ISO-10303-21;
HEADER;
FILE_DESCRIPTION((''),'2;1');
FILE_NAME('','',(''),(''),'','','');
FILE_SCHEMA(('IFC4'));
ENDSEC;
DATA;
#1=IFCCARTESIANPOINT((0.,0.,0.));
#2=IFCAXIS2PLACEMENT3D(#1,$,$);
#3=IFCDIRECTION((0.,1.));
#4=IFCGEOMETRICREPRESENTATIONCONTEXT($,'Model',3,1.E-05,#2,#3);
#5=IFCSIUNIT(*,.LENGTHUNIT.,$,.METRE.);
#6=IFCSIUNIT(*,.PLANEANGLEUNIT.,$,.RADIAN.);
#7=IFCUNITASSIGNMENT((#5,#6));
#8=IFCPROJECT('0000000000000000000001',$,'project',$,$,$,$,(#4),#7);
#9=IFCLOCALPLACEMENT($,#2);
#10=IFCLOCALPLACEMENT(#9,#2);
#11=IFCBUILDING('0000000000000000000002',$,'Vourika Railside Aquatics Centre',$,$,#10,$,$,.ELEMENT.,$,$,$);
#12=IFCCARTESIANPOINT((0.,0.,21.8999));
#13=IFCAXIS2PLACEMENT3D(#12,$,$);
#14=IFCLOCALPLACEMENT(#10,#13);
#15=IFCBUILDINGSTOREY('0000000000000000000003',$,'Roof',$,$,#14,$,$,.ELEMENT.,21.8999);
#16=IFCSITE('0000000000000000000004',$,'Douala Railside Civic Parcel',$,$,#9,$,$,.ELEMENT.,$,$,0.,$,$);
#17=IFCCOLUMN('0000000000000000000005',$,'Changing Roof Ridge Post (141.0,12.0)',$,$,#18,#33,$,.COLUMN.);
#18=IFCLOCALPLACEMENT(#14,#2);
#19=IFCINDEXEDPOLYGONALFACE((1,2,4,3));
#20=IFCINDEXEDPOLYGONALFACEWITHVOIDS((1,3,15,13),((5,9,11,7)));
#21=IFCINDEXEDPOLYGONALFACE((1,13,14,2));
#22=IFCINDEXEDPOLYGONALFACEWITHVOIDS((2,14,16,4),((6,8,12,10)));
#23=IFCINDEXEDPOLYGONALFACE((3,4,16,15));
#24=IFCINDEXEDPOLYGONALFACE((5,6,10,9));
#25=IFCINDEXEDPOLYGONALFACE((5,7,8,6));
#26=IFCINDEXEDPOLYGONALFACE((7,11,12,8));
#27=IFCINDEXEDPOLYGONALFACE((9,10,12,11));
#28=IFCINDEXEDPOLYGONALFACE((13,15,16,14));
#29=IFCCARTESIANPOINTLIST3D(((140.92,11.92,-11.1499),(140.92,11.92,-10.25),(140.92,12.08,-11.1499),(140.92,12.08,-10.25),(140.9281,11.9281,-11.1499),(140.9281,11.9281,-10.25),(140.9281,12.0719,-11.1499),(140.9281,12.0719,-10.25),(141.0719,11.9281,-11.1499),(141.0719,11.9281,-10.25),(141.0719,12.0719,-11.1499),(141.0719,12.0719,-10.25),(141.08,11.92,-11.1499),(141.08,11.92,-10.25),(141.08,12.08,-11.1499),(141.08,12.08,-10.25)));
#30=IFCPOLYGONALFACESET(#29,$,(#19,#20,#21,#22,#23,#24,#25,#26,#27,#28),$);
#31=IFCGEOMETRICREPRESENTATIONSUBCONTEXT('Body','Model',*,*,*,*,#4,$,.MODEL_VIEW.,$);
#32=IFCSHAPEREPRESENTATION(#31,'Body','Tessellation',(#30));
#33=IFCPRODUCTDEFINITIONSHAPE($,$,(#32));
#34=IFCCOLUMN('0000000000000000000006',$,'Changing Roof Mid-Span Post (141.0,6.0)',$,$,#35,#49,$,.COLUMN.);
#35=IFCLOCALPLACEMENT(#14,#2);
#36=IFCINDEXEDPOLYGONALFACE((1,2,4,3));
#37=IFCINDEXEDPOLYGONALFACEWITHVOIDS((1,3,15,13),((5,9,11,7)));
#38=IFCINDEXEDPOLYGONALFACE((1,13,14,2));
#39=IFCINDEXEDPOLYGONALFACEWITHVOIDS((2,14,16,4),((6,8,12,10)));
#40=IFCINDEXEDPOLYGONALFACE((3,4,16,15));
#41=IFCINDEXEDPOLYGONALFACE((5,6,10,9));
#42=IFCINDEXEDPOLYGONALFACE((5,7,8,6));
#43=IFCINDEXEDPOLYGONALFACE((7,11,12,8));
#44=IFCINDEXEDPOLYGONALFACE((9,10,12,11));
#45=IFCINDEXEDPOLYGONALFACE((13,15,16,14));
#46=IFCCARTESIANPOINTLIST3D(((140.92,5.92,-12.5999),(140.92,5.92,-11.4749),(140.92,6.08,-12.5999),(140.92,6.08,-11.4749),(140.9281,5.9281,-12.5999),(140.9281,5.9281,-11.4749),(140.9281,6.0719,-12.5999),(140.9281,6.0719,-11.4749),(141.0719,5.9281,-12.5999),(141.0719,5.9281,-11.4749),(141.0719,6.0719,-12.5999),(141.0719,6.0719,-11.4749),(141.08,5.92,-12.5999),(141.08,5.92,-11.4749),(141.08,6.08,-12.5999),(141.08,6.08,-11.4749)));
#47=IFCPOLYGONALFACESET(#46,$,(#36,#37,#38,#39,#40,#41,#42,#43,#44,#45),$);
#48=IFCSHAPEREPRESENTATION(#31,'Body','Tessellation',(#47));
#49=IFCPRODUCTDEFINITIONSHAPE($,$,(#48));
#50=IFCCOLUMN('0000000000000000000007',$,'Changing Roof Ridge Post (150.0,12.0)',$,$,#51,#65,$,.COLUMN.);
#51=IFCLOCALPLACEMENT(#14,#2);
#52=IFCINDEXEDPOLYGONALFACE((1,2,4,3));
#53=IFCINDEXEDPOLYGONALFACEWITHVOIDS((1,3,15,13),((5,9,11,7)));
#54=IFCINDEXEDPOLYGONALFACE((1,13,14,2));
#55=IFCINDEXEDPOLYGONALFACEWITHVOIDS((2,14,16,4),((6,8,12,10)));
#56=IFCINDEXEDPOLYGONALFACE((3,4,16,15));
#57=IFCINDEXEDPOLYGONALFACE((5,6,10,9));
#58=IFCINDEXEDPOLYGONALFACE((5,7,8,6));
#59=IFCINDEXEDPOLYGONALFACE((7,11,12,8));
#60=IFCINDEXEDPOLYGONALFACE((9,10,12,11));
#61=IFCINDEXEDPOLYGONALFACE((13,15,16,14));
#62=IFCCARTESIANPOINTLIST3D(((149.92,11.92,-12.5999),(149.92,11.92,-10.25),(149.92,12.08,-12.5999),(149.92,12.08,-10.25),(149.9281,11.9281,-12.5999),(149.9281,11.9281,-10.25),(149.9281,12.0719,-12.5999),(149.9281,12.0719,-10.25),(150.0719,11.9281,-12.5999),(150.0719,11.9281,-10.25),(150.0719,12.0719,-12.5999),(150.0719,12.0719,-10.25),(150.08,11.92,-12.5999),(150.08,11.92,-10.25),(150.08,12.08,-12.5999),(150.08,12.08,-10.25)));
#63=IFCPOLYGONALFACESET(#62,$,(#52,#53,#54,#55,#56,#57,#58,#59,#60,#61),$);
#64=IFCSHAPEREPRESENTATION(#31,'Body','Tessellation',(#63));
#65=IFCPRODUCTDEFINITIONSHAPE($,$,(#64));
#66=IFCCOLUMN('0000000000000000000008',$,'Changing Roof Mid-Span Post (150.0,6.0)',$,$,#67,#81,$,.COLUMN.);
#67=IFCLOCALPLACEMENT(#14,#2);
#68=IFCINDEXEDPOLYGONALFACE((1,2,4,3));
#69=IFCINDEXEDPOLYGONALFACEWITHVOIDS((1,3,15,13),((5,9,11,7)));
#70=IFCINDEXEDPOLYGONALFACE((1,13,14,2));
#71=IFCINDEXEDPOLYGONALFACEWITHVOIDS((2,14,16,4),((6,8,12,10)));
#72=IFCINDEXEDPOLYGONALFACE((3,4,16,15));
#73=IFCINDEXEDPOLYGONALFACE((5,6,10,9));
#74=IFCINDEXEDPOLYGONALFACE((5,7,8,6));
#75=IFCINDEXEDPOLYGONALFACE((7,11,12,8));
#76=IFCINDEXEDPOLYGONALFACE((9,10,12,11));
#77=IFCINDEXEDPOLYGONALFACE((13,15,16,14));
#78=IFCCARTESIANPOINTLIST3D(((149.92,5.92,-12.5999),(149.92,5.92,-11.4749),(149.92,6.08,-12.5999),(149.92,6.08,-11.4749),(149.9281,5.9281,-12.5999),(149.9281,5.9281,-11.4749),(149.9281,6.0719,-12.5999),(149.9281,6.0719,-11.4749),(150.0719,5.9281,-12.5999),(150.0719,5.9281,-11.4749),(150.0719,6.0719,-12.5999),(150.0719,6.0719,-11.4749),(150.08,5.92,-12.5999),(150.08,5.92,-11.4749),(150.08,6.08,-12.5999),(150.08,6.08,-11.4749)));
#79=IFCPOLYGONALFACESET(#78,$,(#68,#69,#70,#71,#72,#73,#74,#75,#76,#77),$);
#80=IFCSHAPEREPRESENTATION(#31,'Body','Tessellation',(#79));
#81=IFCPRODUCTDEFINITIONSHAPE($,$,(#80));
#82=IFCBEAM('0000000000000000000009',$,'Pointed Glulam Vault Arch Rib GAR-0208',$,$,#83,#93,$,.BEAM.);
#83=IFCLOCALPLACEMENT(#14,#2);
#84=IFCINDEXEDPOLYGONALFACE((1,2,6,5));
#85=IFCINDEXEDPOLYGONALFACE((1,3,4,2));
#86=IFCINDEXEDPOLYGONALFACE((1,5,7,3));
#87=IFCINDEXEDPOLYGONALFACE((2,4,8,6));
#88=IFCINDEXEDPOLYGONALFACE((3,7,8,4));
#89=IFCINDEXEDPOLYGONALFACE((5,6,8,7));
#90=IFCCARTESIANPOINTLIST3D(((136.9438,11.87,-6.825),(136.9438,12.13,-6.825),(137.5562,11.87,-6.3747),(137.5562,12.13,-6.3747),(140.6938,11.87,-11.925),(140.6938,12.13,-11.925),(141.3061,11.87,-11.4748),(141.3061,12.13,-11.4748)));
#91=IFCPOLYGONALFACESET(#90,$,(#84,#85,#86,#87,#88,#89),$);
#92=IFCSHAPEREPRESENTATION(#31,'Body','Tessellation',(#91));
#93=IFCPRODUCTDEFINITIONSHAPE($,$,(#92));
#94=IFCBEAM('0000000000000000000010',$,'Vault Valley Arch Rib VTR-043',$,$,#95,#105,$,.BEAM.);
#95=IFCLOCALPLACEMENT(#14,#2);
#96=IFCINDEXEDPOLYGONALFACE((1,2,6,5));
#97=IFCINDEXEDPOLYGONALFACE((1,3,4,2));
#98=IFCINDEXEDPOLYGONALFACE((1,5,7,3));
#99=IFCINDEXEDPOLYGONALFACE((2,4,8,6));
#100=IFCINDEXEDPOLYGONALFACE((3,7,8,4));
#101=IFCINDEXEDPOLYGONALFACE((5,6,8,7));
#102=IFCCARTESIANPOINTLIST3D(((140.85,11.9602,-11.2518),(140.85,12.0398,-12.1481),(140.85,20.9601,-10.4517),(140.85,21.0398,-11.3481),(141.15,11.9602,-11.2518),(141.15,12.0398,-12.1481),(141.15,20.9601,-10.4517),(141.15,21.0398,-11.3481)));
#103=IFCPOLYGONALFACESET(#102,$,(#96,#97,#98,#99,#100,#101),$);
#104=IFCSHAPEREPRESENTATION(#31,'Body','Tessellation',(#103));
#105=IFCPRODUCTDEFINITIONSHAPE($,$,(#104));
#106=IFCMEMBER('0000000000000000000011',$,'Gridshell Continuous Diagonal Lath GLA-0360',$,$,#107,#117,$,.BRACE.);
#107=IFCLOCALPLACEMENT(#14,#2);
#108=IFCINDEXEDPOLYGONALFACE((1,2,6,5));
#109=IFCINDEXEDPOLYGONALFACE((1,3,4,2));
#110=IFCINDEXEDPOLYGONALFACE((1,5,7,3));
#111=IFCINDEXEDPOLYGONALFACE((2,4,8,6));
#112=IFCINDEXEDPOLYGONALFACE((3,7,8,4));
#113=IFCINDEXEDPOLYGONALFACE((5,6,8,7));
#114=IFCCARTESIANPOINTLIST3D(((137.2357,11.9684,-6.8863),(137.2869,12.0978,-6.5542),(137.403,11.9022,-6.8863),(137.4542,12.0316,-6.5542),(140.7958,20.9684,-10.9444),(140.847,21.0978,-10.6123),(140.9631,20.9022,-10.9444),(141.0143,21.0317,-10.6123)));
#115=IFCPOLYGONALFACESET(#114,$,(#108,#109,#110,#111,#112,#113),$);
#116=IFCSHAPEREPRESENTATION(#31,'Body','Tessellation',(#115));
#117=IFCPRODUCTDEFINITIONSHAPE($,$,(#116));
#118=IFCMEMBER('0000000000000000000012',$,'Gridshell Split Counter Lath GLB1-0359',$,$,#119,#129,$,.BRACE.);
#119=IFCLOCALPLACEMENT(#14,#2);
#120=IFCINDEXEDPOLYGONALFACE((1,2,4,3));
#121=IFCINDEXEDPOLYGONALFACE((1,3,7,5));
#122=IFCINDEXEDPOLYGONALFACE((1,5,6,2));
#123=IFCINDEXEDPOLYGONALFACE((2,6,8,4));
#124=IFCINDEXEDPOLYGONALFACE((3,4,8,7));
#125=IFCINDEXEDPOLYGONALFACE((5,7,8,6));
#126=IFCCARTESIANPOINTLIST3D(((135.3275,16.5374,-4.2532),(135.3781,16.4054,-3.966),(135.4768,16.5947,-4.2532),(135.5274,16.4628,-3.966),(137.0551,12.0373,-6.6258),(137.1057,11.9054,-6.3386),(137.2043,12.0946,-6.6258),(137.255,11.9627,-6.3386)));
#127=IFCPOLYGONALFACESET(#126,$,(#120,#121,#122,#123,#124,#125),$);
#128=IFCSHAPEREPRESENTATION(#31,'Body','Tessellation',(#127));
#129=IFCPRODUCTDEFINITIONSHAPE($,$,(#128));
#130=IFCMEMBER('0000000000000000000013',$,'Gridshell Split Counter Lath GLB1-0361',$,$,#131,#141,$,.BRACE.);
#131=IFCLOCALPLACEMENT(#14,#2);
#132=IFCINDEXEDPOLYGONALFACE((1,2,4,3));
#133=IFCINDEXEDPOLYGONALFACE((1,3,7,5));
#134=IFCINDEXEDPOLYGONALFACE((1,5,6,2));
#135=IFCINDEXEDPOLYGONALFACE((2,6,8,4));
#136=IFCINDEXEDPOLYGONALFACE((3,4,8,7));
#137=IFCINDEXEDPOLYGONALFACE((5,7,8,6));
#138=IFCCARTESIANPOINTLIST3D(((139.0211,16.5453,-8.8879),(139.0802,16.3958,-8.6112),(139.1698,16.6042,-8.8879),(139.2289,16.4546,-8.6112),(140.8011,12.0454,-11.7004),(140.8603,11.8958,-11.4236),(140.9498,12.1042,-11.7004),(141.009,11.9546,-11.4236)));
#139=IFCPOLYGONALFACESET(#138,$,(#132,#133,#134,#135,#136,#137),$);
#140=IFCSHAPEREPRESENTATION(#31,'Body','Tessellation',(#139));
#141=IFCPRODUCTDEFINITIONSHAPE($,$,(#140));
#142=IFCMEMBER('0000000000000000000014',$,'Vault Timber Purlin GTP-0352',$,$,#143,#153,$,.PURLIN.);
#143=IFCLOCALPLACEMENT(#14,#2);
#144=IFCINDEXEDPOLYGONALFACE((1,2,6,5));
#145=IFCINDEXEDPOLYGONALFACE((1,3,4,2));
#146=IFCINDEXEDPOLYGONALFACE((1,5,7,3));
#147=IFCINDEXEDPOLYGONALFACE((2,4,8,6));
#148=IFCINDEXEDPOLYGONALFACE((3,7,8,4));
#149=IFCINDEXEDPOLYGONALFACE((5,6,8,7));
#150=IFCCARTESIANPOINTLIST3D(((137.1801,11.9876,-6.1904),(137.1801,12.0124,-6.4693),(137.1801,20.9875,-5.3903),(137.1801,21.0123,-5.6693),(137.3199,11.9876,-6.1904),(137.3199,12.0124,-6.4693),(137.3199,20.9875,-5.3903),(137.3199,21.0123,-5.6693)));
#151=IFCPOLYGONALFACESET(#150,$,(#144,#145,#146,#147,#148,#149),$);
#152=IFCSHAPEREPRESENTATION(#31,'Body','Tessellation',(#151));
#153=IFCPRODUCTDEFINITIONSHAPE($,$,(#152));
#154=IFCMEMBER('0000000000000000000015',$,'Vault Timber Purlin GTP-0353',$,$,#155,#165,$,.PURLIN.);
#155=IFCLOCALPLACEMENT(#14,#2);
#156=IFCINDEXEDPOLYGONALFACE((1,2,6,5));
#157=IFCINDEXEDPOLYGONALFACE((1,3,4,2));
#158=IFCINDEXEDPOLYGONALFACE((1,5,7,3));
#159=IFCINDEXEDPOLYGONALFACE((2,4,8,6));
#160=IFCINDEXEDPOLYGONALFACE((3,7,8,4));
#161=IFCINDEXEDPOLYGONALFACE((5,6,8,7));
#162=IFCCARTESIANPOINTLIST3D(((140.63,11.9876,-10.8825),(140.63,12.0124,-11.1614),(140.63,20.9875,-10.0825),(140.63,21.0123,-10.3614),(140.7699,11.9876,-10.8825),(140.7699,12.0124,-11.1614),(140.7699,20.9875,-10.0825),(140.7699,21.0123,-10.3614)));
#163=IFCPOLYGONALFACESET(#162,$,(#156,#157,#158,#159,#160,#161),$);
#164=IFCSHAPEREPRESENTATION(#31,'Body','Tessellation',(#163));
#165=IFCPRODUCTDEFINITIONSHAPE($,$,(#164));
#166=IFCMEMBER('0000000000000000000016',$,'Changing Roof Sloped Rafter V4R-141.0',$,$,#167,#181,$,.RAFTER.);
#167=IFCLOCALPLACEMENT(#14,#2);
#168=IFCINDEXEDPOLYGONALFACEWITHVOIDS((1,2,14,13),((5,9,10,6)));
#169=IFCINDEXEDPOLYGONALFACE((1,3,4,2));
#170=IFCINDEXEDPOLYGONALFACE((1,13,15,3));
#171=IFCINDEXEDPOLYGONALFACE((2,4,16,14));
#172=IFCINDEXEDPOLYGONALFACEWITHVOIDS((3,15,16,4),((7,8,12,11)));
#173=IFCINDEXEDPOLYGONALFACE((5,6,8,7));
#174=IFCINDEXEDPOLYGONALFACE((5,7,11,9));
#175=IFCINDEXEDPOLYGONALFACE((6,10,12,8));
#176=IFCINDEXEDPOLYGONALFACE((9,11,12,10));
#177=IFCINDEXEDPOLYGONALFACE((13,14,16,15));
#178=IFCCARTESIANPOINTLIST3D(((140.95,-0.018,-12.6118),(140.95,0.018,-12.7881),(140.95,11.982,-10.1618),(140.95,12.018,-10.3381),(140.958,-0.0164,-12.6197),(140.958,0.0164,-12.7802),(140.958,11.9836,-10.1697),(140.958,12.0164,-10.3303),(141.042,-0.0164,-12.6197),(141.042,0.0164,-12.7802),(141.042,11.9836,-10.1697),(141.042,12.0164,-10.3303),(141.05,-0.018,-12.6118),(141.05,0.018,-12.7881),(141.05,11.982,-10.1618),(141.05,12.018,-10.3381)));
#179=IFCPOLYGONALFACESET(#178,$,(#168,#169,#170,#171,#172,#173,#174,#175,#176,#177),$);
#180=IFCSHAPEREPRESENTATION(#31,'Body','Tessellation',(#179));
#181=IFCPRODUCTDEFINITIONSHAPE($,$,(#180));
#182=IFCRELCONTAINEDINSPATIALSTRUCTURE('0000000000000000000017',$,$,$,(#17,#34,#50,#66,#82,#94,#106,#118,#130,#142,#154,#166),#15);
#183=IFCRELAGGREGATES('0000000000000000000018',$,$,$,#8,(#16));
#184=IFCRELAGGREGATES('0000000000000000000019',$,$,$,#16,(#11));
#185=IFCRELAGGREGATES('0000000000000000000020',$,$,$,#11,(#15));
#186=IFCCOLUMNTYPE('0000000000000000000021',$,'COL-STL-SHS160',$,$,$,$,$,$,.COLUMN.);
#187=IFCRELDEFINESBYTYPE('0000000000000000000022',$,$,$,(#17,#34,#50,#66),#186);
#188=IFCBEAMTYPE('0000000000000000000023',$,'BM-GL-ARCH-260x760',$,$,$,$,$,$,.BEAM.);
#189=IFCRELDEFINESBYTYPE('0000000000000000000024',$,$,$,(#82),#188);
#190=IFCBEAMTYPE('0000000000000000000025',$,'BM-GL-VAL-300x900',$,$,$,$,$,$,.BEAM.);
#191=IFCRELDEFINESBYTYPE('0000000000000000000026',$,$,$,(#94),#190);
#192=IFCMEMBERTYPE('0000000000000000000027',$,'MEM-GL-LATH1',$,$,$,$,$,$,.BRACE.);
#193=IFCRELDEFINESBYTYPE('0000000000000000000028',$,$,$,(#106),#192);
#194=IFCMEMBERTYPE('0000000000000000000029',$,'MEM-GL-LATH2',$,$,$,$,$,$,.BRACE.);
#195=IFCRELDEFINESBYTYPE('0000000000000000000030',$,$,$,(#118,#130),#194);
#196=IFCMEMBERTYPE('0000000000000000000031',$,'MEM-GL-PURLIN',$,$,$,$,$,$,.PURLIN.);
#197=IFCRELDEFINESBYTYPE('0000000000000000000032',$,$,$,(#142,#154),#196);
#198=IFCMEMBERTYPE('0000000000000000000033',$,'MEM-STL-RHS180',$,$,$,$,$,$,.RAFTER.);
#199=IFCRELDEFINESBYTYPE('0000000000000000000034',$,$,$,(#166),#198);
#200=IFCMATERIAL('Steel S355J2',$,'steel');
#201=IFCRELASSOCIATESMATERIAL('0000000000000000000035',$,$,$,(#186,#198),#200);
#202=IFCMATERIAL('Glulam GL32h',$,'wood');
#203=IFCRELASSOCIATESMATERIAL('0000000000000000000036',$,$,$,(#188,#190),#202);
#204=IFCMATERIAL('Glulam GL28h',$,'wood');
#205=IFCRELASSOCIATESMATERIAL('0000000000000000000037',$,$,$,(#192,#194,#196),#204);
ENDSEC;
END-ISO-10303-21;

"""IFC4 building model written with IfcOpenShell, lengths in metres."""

from ifc_helpers import new_model, si_unit, direction, frame, origin, origin_2d, place, context, subcontext, project, spatial, rectangle, hollow_rectangle, extrude, material, material_profile, profile_set, type_object, element, save


model = new_model("IFC4")

# Units and contexts
model_context = context("Model", 3, precision=1e-05, world=origin(), true_north=direction((0.0, 1.0)))
body_context = subcontext(model_context, "Body", "Model", "MODEL_VIEW")
ifc_project = project(units=[si_unit("LENGTHUNIT", "METRE"), si_unit("PLANEANGLEUNIT", "RADIAN")], contexts=[model_context])

# Site, building, storey
site_placement = place(None, origin())
site = spatial("IfcSite", under=ifc_project, at=site_placement, Name="Douala Railside Civic Parcel", CompositionType="ELEMENT", RefElevation=0.0)
building_placement = place(site_placement, origin())
building = spatial("IfcBuilding", under=site, at=building_placement, Name="Vourika Railside Aquatics Centre", CompositionType="ELEMENT")
storey_placement = place(building_placement, frame((0.0, 0.0, 21.8999)))
storey = spatial("IfcBuildingStorey", under=building, at=storey_placement, Name="Roof", CompositionType="ELEMENT", Elevation=21.8999)

# Columns
ifc_material_1 = material(Name="Steel S355J2", Category="steel")
ifc_material_profile_1 = material_profile(ifc_material_1, hollow_rectangle(XDim=0.1599, YDim=0.1599, WallThickness=0.0081, at=origin_2d()), Name="SHS 160x160x8")
ifc_profile_set_1 = profile_set([ifc_material_profile_1], Name="Steel S355J2")
column_type = type_object("IfcColumnType", Name="COL-STL-SHS160", PredefinedType="COLUMN", material=ifc_profile_set_1)
column_1_placement = place(storey_placement, frame((141.0, 12.0, -11.1499), z_axis=(0.0, 0.0, 1.0), x_axis=(1.0, 0.0, 0.0)))
element("IfcColumn", 1, at=column_1_placement, inside=storey, type_object=column_type, Name="Changing Roof Ridge Post (141.0,12.0)", PredefinedType="COLUMN", context=body_context, shape_type="SweptSolid", body=[
    extrude(hollow_rectangle(XDim=0.1599, YDim=0.1599, WallThickness=0.0081, at=origin_2d()), origin(), (0.0, 0.0, 1.0), 0.8999),
])
column_2_placement = place(storey_placement, frame((141.0, 6.0, -12.5999), z_axis=(0.0, 0.0, 1.0), x_axis=(1.0, 0.0, 0.0)))
element("IfcColumn", 2, at=column_2_placement, inside=storey, type_object=column_type, Name="Changing Roof Mid-Span Post (141.0,6.0)", PredefinedType="COLUMN", context=body_context, shape_type="SweptSolid", body=[
    extrude(hollow_rectangle(XDim=0.1599, YDim=0.1599, WallThickness=0.0081, at=origin_2d()), origin(), (0.0, 0.0, 1.0), 1.125),
])
column_3_placement = place(storey_placement, frame((150.0, 12.0, -12.5999), z_axis=(0.0, 0.0, 1.0), x_axis=(1.0, 0.0, 0.0)))
element("IfcColumn", 3, at=column_3_placement, inside=storey, type_object=column_type, Name="Changing Roof Ridge Post (150.0,12.0)", PredefinedType="COLUMN", context=body_context, shape_type="SweptSolid", body=[
    extrude(hollow_rectangle(XDim=0.1599, YDim=0.1599, WallThickness=0.0081, at=origin_2d()), origin(), (0.0, 0.0, 1.0), 2.3499),
])
column_4_placement = place(storey_placement, frame((150.0, 6.0, -12.5999), z_axis=(0.0, 0.0, 1.0), x_axis=(1.0, 0.0, 0.0)))
element("IfcColumn", 4, at=column_4_placement, inside=storey, type_object=column_type, Name="Changing Roof Mid-Span Post (150.0,6.0)", PredefinedType="COLUMN", context=body_context, shape_type="SweptSolid", body=[
    extrude(hollow_rectangle(XDim=0.1599, YDim=0.1599, WallThickness=0.0081, at=origin_2d()), origin(), (0.0, 0.0, 1.0), 1.125),
])

# Beams
ifc_material_2 = material(Name="Glulam GL32h", Category="wood")
ifc_material_profile_2 = material_profile(ifc_material_2, rectangle(XDim=0.26, YDim=0.76, at=origin_2d()), Name="GL32h 260x760")
ifc_profile_set_2 = profile_set([ifc_material_profile_2], Name="Glulam GL32h")
beam_type_1 = type_object("IfcBeamType", Name="BM-GL-ARCH-260x760", PredefinedType="BEAM", material=ifc_profile_set_2)
beam_1_placement = place(storey_placement, frame((137.25, 12.0, -6.5999), z_axis=(0.592383, 0.0, -0.805656), x_axis=(0.0, 1.0, 0.0)))
element("IfcBeam", 5, at=beam_1_placement, inside=storey, type_object=beam_type_1, Name="Pointed Glulam Vault Arch Rib GAR-0208", PredefinedType="BEAM", context=body_context, shape_type="SweptSolid", body=[
    extrude(rectangle(XDim=0.26, YDim=0.76, at=origin_2d()), origin(), (0.0, 0.0, 1.0), 6.3303),
])
ifc_material_profile_3 = material_profile(ifc_material_2, rectangle(XDim=0.3, YDim=0.8999, at=origin_2d()), Name="GL32h 300x900")
ifc_profile_set_3 = profile_set([ifc_material_profile_3], Name="Glulam GL32h")
beam_type_2 = type_object("IfcBeamType", Name="BM-GL-VAL-300x900", PredefinedType="BEAM", material=ifc_profile_set_3)
beam_2_placement = place(storey_placement, frame((141.0, 12.0, -11.7), z_axis=(0.0, 0.996072, 0.088545), x_axis=(-1.0, 0.0, 0.0)))
element("IfcBeam", 6, at=beam_2_placement, inside=storey, type_object=beam_type_2, Name="Vault Valley Arch Rib VTR-043", PredefinedType="BEAM", context=body_context, shape_type="SweptSolid", body=[
    extrude(rectangle(XDim=0.3, YDim=0.8999, at=origin_2d()), origin(), (0.0, 0.0, 1.0), 9.0354),
])

# Members
ifc_material_3 = material(Name="Glulam GL28h", Category="wood")
ifc_material_profile_4 = material_profile(ifc_material_3, rectangle(XDim=0.1799, YDim=0.3601, at=origin_2d()), Name="GL28h 180x360")
ifc_profile_set_4 = profile_set([ifc_material_profile_4], Name="Glulam GL28h")
member_type_1 = type_object("IfcMemberType", Name="MEM-GL-LATH1", PredefinedType="BRACE", material=ifc_profile_set_4)
member_1_placement = place(storey_placement, frame((137.345, 12.0, -6.7202), z_axis=(0.339219, 0.857562, -0.386675), x_axis=(-0.929893, 0.36783, 0.0)))
element("IfcMember", 7, at=member_1_placement, inside=storey, type_object=member_type_1, Name="Gridshell Continuous Diagonal Lath GLA-0360", PredefinedType="BRACE", context=body_context, shape_type="SweptSolid", body=[
    extrude(rectangle(XDim=0.1799, YDim=0.3601, at=origin_2d()), origin(), (0.0, 0.0, 1.0), 10.4949),
])
ifc_material_profile_5 = material_profile(ifc_material_3, rectangle(XDim=0.1599, YDim=0.3201, at=origin_2d()), Name="GL28h 160x320")
ifc_profile_set_5 = profile_set([ifc_material_profile_5], Name="Glulam GL28h")
member_type_2 = type_object("IfcMemberType", Name="MEM-GL-LATH2", PredefinedType="BRACE", material=ifc_profile_set_5)
member_2_placement = place(storey_placement, frame((137.155, 12.0, -6.4822), z_axis=(-0.321554, 0.837604, 0.441614), x_axis=(-0.93357, -0.358395, 0.0)))
element("IfcMember", 8, at=member_2_placement, inside=storey, type_object=member_type_2, Name="Gridshell Split Counter Lath GLB1-0359", PredefinedType="BRACE", context=body_context, shape_type="SweptSolid", body=[
    extrude(rectangle(XDim=0.1599, YDim=0.3201, at=origin_2d()), origin(), (0.0, 0.0, 1.0), 5.3726),
])
member_3_placement = place(storey_placement, frame((140.905, 12.0, -11.562), z_axis=(-0.318021, 0.803973, 0.502483), x_axis=(-0.929893, -0.36783, 0.0)))
element("IfcMember", 9, at=member_3_placement, inside=storey, type_object=member_type_2, Name="Gridshell Split Counter Lath GLB1-0361", PredefinedType="BRACE", context=body_context, shape_type="SweptSolid", body=[
    extrude(rectangle(XDim=0.1599, YDim=0.3201, at=origin_2d()), origin(), (0.0, 0.0, 1.0), 5.5972),
])
ifc_material_profile_6 = material_profile(ifc_material_3, rectangle(XDim=0.1399, YDim=0.28, at=origin_2d()), Name="GL28h 140x280")
ifc_profile_set_6 = profile_set([ifc_material_profile_6], Name="Glulam GL28h")
member_type_3 = type_object("IfcMemberType", Name="MEM-GL-PURLIN", PredefinedType="PURLIN", material=ifc_profile_set_6)
for number, where, z_axis, x_axis, name in (
    (10, (137.25, 12.0, -6.3298), (0.0, 0.996072, 0.088545), (-1.0, 0.0, 0.0), "Vault Timber Purlin GTP-0352"),
    (11, (140.7, 12.0, -11.022), (0.0, 0.996072, 0.088545), (-1.0, 0.0, 0.0), "Vault Timber Purlin GTP-0353"),
):
    element("IfcMember", number, at=place(storey_placement, frame(where, z_axis=z_axis, x_axis=x_axis)), inside=storey, type_object=member_type_3, Name=name, PredefinedType="PURLIN", context=body_context, shape_type="SweptSolid", body=[
        extrude(rectangle(XDim=0.1399, YDim=0.28, at=origin_2d()), origin(), (0.0, 0.0, 1.0), 9.0354),
    ])
ifc_material_profile_7 = material_profile(ifc_material_1, hollow_rectangle(XDim=0.1001, YDim=0.1799, WallThickness=0.0081, at=origin_2d()), Name="RHS 180x100x8")
ifc_profile_set_7 = profile_set([ifc_material_profile_7], Name="Steel S355J2")
member_type_4 = type_object("IfcMemberType", Name="MEM-STL-RHS180", PredefinedType="RAFTER", material=ifc_profile_set_7)
for number, where, z_axis, x_axis, name in (
    (12, (141.0, 0.0, -12.7), (0.0, 0.979789, 0.200036), (-1.0, 0.0, 0.0), "Changing Roof Sloped Rafter V4R-141.0"),
):
    element("IfcMember", number, at=place(storey_placement, frame(where, z_axis=z_axis, x_axis=x_axis)), inside=storey, type_object=member_type_4, Name=name, PredefinedType="RAFTER", context=body_context, shape_type="SweptSolid", body=[
        extrude(hollow_rectangle(XDim=0.1001, YDim=0.1799, WallThickness=0.0081, at=origin_2d()), origin(), (0.0, 0.0, 1.0), 12.2476),
    ])

save(model, "model.ifc")
